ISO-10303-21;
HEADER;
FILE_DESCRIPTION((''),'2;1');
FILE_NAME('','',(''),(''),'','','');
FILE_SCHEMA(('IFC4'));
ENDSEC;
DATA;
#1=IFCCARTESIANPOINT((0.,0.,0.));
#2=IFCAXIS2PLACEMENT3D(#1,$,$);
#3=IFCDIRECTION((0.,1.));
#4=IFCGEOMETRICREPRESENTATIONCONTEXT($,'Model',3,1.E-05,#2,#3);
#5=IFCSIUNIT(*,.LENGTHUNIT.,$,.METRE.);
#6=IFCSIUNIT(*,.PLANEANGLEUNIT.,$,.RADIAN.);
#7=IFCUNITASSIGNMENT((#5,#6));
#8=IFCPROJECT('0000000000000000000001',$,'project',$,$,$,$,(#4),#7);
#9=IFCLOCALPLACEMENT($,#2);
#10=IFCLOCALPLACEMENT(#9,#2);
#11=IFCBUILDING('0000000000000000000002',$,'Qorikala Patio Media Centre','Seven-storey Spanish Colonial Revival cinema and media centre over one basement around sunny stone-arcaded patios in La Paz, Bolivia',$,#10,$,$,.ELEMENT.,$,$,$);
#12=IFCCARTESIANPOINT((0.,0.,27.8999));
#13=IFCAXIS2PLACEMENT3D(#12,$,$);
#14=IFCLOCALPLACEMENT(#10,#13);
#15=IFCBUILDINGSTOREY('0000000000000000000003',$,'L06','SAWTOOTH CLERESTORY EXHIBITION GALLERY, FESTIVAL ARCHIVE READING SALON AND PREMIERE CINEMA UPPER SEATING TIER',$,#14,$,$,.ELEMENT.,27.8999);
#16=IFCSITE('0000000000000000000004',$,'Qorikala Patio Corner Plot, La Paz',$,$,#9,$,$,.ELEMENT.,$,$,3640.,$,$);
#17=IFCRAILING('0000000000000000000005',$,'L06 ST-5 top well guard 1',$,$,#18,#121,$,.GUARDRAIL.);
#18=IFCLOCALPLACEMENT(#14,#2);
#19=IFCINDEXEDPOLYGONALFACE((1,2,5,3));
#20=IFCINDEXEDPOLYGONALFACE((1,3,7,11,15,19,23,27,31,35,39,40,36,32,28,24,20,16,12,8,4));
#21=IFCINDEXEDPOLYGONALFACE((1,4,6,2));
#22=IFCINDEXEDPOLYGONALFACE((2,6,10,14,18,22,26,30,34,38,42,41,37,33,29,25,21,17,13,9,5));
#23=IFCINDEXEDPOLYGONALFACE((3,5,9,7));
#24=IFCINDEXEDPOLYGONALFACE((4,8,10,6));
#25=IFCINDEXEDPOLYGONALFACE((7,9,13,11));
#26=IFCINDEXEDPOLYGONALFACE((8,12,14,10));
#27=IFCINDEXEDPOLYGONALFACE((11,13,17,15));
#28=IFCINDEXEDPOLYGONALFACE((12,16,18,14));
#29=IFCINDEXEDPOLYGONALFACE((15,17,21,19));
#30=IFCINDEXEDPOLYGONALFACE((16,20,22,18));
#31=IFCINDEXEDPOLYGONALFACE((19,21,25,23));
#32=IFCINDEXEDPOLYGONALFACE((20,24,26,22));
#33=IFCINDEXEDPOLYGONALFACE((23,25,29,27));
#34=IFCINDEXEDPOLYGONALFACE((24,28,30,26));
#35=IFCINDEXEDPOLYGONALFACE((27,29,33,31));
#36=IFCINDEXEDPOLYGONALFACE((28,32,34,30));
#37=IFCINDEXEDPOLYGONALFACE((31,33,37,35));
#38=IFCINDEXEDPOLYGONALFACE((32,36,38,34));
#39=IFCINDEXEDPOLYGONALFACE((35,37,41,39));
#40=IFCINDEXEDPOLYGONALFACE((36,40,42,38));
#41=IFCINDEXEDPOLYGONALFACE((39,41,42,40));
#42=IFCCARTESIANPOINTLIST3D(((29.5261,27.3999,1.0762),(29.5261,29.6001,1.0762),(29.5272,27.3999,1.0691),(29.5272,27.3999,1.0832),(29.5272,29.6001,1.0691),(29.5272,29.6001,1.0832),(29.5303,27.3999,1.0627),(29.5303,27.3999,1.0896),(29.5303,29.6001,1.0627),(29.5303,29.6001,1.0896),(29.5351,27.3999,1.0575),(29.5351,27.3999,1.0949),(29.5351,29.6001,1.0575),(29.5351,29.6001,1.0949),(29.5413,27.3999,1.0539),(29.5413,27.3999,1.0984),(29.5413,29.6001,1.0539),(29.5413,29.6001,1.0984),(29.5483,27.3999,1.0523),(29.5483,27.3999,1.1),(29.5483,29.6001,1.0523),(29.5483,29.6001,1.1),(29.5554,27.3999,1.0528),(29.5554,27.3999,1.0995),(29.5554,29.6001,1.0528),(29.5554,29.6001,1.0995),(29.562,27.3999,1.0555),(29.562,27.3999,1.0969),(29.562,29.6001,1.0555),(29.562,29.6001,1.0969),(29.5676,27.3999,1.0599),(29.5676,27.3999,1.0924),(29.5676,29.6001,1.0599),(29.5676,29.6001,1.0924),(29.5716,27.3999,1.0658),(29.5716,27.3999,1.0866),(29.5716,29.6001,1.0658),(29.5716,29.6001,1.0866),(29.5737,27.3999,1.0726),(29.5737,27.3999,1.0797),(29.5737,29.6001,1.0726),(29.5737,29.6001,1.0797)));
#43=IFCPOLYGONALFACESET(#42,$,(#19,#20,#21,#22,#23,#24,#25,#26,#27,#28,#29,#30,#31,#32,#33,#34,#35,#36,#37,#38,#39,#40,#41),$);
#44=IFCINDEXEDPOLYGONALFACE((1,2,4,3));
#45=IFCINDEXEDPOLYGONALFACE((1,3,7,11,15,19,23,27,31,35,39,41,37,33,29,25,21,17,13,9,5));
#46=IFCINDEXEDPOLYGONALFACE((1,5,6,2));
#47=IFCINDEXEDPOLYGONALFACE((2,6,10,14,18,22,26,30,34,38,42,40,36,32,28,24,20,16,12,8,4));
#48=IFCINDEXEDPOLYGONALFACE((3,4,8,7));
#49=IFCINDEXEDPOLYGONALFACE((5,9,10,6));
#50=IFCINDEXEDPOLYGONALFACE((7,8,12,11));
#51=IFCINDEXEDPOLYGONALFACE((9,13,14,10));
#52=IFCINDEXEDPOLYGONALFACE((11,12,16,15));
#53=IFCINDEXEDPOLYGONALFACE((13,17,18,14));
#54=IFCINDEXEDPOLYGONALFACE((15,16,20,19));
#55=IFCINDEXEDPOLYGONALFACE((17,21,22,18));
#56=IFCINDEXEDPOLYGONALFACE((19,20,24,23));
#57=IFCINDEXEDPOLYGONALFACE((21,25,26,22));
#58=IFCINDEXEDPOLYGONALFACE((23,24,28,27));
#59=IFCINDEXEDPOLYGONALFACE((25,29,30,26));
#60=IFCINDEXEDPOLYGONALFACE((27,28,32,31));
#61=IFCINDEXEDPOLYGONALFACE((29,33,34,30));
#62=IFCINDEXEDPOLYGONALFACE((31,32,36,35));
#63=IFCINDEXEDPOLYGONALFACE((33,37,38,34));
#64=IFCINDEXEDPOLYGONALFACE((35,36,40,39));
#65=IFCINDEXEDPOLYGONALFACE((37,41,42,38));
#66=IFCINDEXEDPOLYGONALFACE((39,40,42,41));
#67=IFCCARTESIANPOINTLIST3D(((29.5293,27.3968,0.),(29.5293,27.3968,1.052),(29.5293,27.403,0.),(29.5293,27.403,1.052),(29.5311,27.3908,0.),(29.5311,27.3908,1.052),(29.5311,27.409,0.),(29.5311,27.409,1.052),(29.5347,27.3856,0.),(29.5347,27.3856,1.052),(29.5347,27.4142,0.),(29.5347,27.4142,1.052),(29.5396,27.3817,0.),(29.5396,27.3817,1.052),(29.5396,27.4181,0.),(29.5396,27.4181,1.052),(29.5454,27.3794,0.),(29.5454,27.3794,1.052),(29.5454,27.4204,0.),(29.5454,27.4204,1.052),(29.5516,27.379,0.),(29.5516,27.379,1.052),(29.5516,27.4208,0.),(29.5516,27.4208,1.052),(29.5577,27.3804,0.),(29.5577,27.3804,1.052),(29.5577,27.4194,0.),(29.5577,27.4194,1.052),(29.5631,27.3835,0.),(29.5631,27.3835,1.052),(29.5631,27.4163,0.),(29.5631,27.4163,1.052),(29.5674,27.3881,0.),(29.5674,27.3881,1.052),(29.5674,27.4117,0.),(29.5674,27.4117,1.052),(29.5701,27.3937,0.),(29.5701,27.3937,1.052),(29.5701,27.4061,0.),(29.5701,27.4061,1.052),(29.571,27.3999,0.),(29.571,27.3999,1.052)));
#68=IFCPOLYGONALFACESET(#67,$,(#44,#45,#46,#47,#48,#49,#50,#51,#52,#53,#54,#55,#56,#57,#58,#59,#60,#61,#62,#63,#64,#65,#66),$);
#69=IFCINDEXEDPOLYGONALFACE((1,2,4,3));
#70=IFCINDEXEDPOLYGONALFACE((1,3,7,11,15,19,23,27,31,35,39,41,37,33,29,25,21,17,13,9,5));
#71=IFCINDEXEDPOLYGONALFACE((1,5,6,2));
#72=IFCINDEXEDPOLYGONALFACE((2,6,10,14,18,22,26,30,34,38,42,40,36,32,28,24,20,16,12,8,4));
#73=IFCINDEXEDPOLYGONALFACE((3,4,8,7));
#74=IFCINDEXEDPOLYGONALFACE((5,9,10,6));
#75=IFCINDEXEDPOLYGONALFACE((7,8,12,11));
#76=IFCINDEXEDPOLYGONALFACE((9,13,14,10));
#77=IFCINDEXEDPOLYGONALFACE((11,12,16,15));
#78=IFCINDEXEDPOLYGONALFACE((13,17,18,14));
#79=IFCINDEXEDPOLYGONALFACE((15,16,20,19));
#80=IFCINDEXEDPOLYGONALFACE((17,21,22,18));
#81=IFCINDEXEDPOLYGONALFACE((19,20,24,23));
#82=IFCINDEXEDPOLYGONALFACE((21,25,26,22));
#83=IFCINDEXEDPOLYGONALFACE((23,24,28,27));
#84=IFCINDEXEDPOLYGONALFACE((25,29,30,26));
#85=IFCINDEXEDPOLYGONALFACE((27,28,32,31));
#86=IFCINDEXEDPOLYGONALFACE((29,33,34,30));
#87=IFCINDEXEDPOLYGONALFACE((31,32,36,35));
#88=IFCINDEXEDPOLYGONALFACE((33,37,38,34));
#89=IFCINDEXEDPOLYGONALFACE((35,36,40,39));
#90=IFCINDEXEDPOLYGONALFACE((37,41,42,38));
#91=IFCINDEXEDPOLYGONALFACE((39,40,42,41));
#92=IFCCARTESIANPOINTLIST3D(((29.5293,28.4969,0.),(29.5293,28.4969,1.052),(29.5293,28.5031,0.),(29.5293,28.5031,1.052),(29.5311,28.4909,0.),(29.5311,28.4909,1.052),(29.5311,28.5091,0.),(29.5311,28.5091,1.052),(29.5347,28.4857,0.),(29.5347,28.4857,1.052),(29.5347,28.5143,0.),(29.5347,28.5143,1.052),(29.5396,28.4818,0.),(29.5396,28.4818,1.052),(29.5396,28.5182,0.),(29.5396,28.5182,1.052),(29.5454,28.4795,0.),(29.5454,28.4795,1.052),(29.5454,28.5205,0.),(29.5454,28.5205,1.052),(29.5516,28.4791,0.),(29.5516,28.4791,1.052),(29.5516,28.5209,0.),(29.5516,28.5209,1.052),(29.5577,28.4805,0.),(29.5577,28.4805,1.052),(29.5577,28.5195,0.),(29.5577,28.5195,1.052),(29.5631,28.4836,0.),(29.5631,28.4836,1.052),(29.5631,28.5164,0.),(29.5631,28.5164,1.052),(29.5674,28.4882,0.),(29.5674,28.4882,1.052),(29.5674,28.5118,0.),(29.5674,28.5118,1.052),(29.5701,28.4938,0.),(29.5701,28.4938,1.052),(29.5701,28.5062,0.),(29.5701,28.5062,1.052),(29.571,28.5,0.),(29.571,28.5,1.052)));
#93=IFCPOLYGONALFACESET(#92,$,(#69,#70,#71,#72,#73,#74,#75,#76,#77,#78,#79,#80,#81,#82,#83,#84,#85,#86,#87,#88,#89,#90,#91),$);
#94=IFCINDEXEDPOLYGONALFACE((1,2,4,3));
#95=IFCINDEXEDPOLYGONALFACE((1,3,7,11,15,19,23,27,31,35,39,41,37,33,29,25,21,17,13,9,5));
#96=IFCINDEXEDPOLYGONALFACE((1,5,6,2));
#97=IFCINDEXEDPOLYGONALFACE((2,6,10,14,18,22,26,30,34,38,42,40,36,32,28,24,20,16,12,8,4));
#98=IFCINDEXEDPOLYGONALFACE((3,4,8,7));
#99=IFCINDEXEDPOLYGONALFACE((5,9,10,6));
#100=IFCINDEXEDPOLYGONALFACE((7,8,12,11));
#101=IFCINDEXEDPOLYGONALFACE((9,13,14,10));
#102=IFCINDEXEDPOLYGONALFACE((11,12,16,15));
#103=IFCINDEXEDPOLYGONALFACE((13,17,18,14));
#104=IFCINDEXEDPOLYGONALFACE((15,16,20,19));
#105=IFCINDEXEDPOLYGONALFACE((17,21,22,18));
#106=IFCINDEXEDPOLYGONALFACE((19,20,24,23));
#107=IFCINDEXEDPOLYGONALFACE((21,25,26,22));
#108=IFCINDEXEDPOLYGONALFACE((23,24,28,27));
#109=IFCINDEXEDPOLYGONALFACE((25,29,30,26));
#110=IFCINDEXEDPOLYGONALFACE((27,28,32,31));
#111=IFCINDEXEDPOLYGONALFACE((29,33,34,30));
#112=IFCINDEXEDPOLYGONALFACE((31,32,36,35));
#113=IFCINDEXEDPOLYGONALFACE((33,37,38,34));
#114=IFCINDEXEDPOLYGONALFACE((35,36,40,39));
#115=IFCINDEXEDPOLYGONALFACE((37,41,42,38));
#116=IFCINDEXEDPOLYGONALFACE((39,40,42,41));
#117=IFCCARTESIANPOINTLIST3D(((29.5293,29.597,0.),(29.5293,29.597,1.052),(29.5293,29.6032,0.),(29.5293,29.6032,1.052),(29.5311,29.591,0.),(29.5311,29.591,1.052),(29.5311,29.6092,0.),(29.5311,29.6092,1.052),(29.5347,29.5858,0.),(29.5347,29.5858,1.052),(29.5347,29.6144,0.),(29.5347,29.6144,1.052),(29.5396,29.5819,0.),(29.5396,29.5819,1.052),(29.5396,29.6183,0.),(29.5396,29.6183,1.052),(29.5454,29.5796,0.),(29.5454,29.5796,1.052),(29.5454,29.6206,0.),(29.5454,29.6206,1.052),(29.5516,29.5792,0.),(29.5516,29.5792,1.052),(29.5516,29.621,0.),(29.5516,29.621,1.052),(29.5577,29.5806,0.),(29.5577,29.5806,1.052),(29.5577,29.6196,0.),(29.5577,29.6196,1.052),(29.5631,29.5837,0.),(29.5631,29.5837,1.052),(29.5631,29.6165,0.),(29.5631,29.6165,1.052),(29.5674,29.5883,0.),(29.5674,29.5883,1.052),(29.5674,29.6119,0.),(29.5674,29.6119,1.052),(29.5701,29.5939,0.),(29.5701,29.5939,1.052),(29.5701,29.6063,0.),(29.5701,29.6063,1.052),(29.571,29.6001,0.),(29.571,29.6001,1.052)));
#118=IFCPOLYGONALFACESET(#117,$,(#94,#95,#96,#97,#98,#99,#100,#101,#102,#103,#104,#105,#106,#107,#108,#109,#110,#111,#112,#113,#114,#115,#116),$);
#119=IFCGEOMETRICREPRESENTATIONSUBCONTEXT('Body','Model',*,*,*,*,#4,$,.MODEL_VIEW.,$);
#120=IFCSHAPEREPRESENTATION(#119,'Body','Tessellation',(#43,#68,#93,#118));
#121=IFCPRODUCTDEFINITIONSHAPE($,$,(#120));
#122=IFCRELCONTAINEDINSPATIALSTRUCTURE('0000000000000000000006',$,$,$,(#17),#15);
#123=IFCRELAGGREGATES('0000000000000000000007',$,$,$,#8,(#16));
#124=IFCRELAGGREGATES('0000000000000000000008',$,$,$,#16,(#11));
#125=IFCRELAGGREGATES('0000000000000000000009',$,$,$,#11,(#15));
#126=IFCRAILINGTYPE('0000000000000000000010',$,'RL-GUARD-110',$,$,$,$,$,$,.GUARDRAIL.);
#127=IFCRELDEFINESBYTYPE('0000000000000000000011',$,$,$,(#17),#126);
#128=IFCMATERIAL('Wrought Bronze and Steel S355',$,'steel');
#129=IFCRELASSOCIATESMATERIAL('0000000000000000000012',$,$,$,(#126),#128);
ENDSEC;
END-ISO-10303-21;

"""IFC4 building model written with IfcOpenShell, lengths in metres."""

from ifc_helpers import new_model, si_unit, direction, frame, origin, origin_2d, place, context, subcontext, project, spatial, circle, extrude, material, type_object, element, save


model = new_model("IFC4")

# Units and contexts
model_context = context("Model", 3, precision=1e-05, world=origin(), true_north=direction((0.0, 1.0)))
body_context = subcontext(model_context, "Body", "Model", "MODEL_VIEW")
ifc_project = project(units=[si_unit("LENGTHUNIT", "METRE"), si_unit("PLANEANGLEUNIT", "RADIAN")], contexts=[model_context])

# Site, building, storey
site_placement = place(None, origin())
site = spatial("IfcSite", under=ifc_project, at=site_placement, Name="Qorikala Patio Corner Plot, La Paz", CompositionType="ELEMENT", RefElevation=3640.0)
building_placement = place(site_placement, origin())
building = spatial("IfcBuilding", under=site, at=building_placement, Name="Qorikala Patio Media Centre", Description="Seven-storey Spanish Colonial Revival cinema and media centre over one basement around sunny stone-arcaded patios in La Paz, Bolivia", CompositionType="ELEMENT")
storey_placement = place(building_placement, frame((0.0, 0.0, 27.8999)))
storey = spatial("IfcBuildingStorey", under=building, at=storey_placement, Name="L06", Description="SAWTOOTH CLERESTORY EXHIBITION GALLERY, FESTIVAL ARCHIVE READING SALON AND PREMIERE CINEMA UPPER SEATING TIER", CompositionType="ELEMENT", Elevation=27.8999)

# Railing
ifc_material_1 = material(Name="Wrought Bronze and Steel S355", Category="steel")
railing_type_1 = type_object("IfcRailingType", Name="RL-GUARD-110", PredefinedType="GUARDRAIL", material=ifc_material_1)
railing_1_placement = place(storey_placement, frame((29.55, 27.3999, 0.0)))
element("IfcRailing", 1, at=railing_1_placement, inside=storey, type_object=railing_type_1, Name="L06 ST-5 top well guard 1", PredefinedType="GUARDRAIL", context=body_context, shape_type="SweptSolid", body=[
    extrude(circle(Radius=0.0239, at=origin_2d()), frame((0.0, 0.0, 1.0762), z_axis=(0.0, 1.0, 0.0), x_axis=(-1.0, 0.0, 0.0)), (0.0, 0.0, 1.0), 2.2002),
    extrude(circle(Radius=0.021, at=origin_2d()), origin(), (0.0, 0.0, 1.0), 1.052),
    extrude(circle(Radius=0.021, at=origin_2d()), frame((0.0, 1.1001, 0.0)), (0.0, 0.0, 1.0), 1.052),
    extrude(circle(Radius=0.021, at=origin_2d()), frame((0.0, 2.2002, 0.0)), (0.0, 0.0, 1.0), 1.052),
])

save(model, "model.ifc")
